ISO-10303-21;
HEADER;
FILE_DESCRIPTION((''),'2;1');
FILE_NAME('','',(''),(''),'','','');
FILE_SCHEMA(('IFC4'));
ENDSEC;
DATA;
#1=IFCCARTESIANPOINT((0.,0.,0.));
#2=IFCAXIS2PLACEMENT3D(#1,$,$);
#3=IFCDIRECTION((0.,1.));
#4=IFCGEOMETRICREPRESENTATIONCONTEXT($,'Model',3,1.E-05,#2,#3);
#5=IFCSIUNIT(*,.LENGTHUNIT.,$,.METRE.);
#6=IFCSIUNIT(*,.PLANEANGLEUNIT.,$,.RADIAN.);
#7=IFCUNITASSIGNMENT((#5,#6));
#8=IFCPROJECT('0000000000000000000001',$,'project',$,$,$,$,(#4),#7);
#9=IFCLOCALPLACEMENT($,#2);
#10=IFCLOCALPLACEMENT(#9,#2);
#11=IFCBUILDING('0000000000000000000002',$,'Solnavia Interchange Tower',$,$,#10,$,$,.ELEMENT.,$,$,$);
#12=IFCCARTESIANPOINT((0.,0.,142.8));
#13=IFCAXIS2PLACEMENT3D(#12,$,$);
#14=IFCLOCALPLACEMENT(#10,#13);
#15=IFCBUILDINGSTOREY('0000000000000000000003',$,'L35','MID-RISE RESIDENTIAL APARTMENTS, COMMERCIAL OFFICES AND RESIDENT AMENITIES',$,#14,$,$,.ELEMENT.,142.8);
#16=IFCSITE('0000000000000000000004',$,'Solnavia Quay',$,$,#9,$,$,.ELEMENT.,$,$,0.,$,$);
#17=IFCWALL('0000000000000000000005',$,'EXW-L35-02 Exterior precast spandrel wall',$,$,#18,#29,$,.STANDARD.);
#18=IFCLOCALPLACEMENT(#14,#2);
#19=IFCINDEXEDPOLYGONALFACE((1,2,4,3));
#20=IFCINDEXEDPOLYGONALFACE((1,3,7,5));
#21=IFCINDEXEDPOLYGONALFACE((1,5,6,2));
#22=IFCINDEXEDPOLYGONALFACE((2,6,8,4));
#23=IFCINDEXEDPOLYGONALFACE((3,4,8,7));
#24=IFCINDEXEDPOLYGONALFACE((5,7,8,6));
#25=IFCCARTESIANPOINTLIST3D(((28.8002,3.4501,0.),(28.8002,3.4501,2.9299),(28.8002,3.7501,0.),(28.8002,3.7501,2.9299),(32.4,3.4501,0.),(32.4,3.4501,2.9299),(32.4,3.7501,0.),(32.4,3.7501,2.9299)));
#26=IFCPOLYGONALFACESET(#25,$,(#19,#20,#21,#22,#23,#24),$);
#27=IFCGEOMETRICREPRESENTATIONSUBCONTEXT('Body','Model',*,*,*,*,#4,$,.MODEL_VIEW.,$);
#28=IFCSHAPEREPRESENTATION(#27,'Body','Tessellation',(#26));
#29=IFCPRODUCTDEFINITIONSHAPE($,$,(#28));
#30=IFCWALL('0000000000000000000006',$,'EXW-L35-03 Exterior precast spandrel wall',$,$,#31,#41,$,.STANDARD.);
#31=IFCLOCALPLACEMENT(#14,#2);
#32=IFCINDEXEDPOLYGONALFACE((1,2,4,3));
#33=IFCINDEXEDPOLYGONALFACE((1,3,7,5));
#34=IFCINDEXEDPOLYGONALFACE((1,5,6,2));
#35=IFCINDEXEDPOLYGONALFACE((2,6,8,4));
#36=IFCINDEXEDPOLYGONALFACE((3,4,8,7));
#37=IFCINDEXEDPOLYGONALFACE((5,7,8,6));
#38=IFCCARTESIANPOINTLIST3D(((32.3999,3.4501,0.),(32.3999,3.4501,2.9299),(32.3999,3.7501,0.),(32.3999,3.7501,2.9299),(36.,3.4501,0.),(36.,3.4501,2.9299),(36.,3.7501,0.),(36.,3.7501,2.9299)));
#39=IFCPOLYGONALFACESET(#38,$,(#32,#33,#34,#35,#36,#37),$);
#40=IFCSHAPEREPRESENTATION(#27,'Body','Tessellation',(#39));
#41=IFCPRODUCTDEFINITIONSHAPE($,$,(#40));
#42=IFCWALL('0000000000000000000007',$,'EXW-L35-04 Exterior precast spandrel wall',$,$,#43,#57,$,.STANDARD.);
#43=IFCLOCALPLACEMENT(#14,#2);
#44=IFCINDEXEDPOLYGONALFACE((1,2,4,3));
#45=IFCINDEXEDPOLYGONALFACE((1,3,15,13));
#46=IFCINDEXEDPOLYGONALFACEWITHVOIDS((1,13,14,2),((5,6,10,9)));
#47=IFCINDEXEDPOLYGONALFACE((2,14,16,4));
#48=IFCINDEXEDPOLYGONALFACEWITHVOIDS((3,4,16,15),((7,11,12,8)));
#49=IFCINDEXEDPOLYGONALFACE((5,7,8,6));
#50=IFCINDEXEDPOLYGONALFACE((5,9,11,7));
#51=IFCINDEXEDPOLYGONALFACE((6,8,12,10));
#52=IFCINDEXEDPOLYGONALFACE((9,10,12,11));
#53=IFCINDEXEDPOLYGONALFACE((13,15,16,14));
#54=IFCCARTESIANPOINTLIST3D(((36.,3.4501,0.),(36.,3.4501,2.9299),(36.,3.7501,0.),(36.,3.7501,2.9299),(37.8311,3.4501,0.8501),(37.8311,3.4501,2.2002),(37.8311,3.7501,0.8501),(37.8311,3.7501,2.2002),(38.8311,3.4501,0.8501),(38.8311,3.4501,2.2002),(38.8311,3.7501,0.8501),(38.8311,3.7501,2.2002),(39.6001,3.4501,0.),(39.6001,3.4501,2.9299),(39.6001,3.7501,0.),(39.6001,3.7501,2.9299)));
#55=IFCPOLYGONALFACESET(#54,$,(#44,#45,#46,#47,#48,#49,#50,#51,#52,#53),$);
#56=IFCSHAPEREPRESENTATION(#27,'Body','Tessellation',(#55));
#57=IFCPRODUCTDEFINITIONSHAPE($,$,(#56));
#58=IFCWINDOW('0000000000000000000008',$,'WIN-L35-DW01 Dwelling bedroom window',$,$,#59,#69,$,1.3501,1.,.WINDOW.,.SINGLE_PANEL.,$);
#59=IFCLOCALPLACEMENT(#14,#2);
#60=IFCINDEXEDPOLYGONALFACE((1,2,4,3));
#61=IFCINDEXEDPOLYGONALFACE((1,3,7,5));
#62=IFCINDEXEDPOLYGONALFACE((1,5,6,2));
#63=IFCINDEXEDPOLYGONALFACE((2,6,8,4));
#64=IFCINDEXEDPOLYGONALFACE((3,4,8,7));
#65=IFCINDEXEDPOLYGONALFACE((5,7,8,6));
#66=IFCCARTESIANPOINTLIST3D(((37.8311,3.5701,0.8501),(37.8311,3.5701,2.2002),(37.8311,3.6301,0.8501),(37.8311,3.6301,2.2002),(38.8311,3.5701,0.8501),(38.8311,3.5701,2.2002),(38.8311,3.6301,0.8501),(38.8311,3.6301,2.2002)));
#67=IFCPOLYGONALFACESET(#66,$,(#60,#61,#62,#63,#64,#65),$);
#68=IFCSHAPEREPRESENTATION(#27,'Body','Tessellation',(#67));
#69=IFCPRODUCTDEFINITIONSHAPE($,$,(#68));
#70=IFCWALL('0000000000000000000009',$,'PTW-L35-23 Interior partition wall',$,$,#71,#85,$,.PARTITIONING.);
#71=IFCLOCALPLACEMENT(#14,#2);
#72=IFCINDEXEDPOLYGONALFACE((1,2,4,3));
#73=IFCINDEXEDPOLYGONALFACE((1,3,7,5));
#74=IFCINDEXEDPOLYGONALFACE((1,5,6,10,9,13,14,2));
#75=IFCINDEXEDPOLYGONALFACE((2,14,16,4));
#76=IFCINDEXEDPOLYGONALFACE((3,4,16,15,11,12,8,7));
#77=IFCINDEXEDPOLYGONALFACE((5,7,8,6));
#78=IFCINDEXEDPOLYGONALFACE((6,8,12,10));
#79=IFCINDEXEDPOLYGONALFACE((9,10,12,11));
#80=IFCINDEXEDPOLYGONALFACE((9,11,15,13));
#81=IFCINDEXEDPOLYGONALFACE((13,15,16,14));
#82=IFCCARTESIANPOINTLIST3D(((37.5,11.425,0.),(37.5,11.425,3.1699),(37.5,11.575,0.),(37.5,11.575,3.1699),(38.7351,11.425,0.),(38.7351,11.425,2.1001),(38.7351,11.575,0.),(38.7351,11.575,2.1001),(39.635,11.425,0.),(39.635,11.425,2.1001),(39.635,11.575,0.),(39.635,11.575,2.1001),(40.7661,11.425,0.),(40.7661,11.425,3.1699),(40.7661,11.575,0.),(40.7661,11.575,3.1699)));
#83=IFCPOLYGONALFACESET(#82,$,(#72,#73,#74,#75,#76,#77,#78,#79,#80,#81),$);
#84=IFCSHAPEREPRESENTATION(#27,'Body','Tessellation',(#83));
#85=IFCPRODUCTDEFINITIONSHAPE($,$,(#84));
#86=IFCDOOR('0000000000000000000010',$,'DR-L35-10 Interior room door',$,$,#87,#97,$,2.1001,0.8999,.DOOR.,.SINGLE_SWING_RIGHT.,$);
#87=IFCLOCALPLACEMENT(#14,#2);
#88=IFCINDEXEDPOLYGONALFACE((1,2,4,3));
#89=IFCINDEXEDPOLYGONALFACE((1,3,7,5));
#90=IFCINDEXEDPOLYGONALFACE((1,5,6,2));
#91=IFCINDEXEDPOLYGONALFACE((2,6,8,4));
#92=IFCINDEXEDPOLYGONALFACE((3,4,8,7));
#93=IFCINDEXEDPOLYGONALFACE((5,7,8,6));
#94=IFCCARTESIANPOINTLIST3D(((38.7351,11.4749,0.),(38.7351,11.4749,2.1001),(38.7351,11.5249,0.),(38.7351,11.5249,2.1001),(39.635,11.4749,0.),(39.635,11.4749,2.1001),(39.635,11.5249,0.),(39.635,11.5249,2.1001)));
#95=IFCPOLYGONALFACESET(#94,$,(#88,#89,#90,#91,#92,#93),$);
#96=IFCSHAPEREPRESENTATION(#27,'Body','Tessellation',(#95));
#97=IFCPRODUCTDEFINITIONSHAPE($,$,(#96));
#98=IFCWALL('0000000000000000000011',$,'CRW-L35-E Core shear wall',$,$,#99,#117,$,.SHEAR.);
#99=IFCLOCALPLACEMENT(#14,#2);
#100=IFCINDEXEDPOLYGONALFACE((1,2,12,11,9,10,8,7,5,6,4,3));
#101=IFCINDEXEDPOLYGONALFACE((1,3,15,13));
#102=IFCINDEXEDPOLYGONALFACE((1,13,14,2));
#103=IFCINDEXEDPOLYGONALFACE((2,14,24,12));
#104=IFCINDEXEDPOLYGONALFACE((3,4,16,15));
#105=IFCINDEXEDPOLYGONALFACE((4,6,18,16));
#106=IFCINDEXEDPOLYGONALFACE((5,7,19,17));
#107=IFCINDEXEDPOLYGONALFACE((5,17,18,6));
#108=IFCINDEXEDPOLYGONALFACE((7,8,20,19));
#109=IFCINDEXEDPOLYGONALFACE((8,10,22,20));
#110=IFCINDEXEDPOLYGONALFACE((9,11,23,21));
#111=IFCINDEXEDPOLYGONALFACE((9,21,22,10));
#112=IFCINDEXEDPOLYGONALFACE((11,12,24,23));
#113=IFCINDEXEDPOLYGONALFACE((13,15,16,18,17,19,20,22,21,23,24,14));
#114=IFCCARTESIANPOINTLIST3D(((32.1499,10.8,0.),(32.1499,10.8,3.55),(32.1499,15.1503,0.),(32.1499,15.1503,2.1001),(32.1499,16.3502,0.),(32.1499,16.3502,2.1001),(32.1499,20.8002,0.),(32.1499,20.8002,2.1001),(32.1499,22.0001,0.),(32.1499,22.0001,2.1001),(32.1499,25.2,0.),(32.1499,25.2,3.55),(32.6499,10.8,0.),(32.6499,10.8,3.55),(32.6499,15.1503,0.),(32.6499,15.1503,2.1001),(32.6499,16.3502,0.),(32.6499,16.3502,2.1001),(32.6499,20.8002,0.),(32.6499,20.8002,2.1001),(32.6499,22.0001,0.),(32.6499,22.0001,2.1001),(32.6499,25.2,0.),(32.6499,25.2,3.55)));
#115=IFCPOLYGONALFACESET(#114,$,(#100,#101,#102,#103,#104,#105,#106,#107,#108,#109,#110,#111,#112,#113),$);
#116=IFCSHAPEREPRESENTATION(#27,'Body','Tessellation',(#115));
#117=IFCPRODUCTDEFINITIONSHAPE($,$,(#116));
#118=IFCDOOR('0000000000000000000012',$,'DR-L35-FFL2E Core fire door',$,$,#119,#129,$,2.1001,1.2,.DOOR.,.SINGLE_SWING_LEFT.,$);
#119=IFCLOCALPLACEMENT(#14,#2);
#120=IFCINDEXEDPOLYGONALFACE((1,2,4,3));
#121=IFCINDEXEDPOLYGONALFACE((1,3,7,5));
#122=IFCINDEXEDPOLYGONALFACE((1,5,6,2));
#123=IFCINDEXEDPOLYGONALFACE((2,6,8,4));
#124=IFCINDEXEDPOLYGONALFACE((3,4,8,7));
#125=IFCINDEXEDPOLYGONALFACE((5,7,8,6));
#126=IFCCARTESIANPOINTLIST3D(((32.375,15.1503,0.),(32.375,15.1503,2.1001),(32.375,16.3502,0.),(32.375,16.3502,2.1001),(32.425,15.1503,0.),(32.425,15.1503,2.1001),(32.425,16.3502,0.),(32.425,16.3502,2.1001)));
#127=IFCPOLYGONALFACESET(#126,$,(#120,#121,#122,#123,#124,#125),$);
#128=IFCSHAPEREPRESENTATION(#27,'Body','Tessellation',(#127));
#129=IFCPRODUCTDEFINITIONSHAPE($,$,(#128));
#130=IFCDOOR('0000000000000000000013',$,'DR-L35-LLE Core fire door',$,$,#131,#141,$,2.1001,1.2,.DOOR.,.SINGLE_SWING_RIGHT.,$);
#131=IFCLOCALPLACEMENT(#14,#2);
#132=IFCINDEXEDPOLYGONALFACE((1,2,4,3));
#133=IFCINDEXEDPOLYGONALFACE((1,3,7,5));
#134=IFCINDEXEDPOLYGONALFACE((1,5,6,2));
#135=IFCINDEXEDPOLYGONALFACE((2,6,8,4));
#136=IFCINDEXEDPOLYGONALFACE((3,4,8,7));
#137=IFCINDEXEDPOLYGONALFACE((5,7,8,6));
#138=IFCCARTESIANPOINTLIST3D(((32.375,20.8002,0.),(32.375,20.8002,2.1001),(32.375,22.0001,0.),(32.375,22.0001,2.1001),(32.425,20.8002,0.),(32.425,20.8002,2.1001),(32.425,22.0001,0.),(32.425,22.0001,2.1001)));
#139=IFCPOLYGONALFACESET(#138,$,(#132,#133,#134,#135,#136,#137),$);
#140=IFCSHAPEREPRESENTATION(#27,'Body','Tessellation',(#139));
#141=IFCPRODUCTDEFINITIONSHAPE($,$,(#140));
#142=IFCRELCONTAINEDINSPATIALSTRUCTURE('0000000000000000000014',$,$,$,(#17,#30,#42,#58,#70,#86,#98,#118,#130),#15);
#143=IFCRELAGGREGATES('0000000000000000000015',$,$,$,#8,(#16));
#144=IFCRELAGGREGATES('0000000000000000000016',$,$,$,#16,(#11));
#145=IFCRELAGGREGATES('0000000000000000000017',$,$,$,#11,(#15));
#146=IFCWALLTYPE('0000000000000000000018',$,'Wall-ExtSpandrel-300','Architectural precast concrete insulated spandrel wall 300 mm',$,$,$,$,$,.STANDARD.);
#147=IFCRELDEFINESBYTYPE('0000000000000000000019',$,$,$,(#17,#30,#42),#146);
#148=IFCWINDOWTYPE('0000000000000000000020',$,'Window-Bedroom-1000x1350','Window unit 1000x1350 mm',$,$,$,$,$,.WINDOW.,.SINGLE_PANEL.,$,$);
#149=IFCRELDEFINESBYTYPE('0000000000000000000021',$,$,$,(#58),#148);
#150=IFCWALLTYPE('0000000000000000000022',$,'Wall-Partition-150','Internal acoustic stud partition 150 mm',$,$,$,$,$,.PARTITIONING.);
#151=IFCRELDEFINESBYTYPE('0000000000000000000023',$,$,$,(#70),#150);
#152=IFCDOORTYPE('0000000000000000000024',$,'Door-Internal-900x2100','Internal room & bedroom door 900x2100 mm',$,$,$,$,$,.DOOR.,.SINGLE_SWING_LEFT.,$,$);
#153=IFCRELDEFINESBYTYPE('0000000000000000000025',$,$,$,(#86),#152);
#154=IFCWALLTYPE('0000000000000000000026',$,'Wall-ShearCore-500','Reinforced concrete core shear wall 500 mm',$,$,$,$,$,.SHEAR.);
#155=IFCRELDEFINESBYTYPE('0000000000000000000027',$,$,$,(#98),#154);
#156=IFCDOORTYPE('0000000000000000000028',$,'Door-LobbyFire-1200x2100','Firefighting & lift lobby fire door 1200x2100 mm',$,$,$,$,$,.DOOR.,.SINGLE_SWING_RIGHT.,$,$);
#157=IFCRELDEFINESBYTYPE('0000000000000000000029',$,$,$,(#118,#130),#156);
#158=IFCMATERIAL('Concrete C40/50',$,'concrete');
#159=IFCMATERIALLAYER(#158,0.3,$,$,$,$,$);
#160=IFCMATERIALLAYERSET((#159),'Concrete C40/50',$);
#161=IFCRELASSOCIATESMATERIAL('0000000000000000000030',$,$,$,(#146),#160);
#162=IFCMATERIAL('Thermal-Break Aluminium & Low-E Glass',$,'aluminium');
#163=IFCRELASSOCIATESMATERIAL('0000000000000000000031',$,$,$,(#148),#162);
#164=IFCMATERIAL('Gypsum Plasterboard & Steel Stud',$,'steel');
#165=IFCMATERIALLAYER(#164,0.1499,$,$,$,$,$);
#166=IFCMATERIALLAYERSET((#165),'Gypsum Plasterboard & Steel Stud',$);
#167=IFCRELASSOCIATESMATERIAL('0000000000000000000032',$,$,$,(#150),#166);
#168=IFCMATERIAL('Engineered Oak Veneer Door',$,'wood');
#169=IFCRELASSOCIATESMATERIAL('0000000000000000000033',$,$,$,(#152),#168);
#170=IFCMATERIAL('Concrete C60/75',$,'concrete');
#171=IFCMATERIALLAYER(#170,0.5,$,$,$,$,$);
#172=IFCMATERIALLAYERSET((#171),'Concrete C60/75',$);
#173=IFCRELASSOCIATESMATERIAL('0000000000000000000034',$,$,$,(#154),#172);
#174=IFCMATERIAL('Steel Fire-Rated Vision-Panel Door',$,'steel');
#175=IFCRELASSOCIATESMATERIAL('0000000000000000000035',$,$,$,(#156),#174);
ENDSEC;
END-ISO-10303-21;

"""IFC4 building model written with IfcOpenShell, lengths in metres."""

from ifc_helpers import new_model, si_unit, direction, frame, frame_2d, origin, place, context, subcontext, project, spatial, rectangle, extrude, material, layer, layer_set, type_object, element, fill, save


model = new_model("IFC4")

# Units and contexts
model_context = context("Model", 3, precision=1e-05, world=origin(), true_north=direction((0.0, 1.0)))
body_context = subcontext(model_context, "Body", "Model", "MODEL_VIEW")
ifc_project = project(units=[si_unit("LENGTHUNIT", "METRE"), si_unit("PLANEANGLEUNIT", "RADIAN")], contexts=[model_context])

# Site, building, storey
site_placement = place(None, origin())
site = spatial("IfcSite", under=ifc_project, at=site_placement, Name="Solnavia Quay", CompositionType="ELEMENT", RefElevation=0.0)
building_placement = place(site_placement, origin())
building = spatial("IfcBuilding", under=site, at=building_placement, Name="Solnavia Interchange Tower", CompositionType="ELEMENT")
storey_placement = place(building_placement, frame((0.0, 0.0, 142.8)))
storey = spatial("IfcBuildingStorey", under=building, at=storey_placement, Name="L35", Description="MID-RISE RESIDENTIAL APARTMENTS, COMMERCIAL OFFICES AND RESIDENT AMENITIES", CompositionType="ELEMENT", Elevation=142.8)

# Walls
ifc_material_1 = material(Name="Concrete C40/50", Category="concrete")
ifc_layer_1 = layer(ifc_material_1, 0.3)
ifc_layer_set_1 = layer_set([ifc_layer_1], Name="Concrete C40/50")
wall_type_1 = type_object("IfcWallType", Name="Wall-ExtSpandrel-300", Description="Architectural precast concrete insulated spandrel wall 300 mm", PredefinedType="STANDARD", material=ifc_layer_set_1)
wall_1_placement = place(storey_placement, frame((32.3999, 3.6001, 0.0), z_axis=(0.0, 0.0, 1.0), x_axis=(-1.0, 0.0, 0.0)))
element("IfcWall", 1, at=wall_1_placement, inside=storey, type_object=wall_type_1, Name="EXW-L35-02 Exterior precast spandrel wall", PredefinedType="STANDARD", context=body_context, shape_type="SweptSolid", body=[
    extrude(rectangle(XDim=3.5999, YDim=0.3, at=frame_2d((1.7998, 0.0))), origin(), (0.0, 0.0, 1.0), 2.9299),
])
wall_2_placement = place(storey_placement, frame((36.0, 3.6001, 0.0), z_axis=(0.0, 0.0, 1.0), x_axis=(-1.0, 0.0, 0.0)))
element("IfcWall", 2, at=wall_2_placement, inside=storey, type_object=wall_type_1, Name="EXW-L35-03 Exterior precast spandrel wall", PredefinedType="STANDARD", context=body_context, shape_type="SweptSolid", body=[
    extrude(rectangle(XDim=3.6001, YDim=0.3, at=frame_2d((1.8, 0.0))), origin(), (0.0, 0.0, 1.0), 2.9299),
])

# Wall, opening, window
wall_3_placement = place(storey_placement, frame((39.6001, 3.6001, 0.0), z_axis=(0.0, 0.0, 1.0), x_axis=(-1.0, 0.0, 0.0)))
wall_3 = element("IfcWall", 3, at=wall_3_placement, inside=storey, type_object=wall_type_1, Name="EXW-L35-04 Exterior precast spandrel wall", PredefinedType="STANDARD", context=body_context, shape_type="SweptSolid", body=[
    extrude(rectangle(XDim=3.6001, YDim=0.3, at=frame_2d((1.8, 0.0))), origin(), (0.0, 0.0, 1.0), 2.9299),
])
opening_1_placement = place(wall_3_placement, frame((0.769, 0.0, 0.8501)))
opening_1 = element("IfcOpeningElement", 4, at=opening_1_placement, cuts=wall_3, PredefinedType="OPENING", context=body_context, shape_type="SweptSolid", body=[
    extrude(rectangle(XDim=1.0, YDim=1.3501, at=frame_2d((0.5, 0.675))), frame((0.0, 0.1602, 0.0), z_axis=(0.0, -1.0, 0.0), x_axis=(1.0, 0.0, 0.0)), (0.0, 0.0, 1.0), 0.3201),
])
ifc_material_2 = material(Name="Thermal-Break Aluminium & Low-E Glass", Category="aluminium")
window_type = type_object("IfcWindowType", Name="Window-Bedroom-1000x1350", Description="Window unit 1000x1350 mm", PartitioningType="SINGLE_PANEL", PredefinedType="WINDOW", material=ifc_material_2)
window_placement = place(opening_1_placement, origin())
window = element("IfcWindow", 5, at=window_placement, inside=storey, type_object=window_type, Name="WIN-L35-DW01 Dwelling bedroom window", OverallHeight=1.3501, OverallWidth=1.0, PartitioningType="SINGLE_PANEL", PredefinedType="WINDOW", context=body_context, shape_type="SweptSolid", body=[
    extrude(rectangle(XDim=1.0, YDim=1.3501, at=frame_2d((0.5, 0.675))), frame((0.0, 0.03, 0.0), z_axis=(0.0, -1.0, 0.0), x_axis=(1.0, 0.0, 0.0)), (0.0, 0.0, 1.0), 0.0601),
])
fill(opening_1, window)

# Wall, opening, door
ifc_material_3 = material(Name="Gypsum Plasterboard & Steel Stud", Category="steel")
ifc_layer_2 = layer(ifc_material_3, 0.1499)
ifc_layer_set_2 = layer_set([ifc_layer_2], Name="Gypsum Plasterboard & Steel Stud")
wall_type_2 = type_object("IfcWallType", Name="Wall-Partition-150", Description="Internal acoustic stud partition 150 mm", PredefinedType="PARTITIONING", material=ifc_layer_set_2)
wall_4_placement = place(storey_placement, frame((37.5, 11.5, 0.0), z_axis=(0.0, 0.0, 1.0), x_axis=(1.0, 0.0, 0.0)))
wall_4 = element("IfcWall", 6, at=wall_4_placement, inside=storey, type_object=wall_type_2, Name="PTW-L35-23 Interior partition wall", PredefinedType="PARTITIONING", context=body_context, shape_type="SweptSolid", body=[
    extrude(rectangle(XDim=3.2661, YDim=0.1499, at=frame_2d((1.6331, 0.0))), origin(), (0.0, 0.0, 1.0), 3.1699),
])
opening_2_placement = place(wall_4_placement, frame((1.2351, 0.0, 0.0)))
opening_2 = element("IfcOpeningElement", 7, at=opening_2_placement, cuts=wall_4, PredefinedType="OPENING", context=body_context, shape_type="SweptSolid", body=[
    extrude(rectangle(XDim=0.8999, YDim=2.1001, at=frame_2d((0.45, 1.05))), frame((0.0, 0.085, 0.0), z_axis=(0.0, -1.0, 0.0), x_axis=(1.0, 0.0, 0.0)), (0.0, 0.0, 1.0), 0.1699),
])
ifc_material_4 = material(Name="Engineered Oak Veneer Door", Category="wood")
door_type_1 = type_object("IfcDoorType", Name="Door-Internal-900x2100", Description="Internal room & bedroom door 900x2100 mm", OperationType="SINGLE_SWING_LEFT", PredefinedType="DOOR", material=ifc_material_4)
door_1_placement = place(opening_2_placement, origin())
door_1 = element("IfcDoor", 8, at=door_1_placement, inside=storey, type_object=door_type_1, Name="DR-L35-10 Interior room door", OperationType="SINGLE_SWING_RIGHT", OverallHeight=2.1001, OverallWidth=0.8999, PredefinedType="DOOR", context=body_context, shape_type="SweptSolid", body=[
    extrude(rectangle(XDim=0.8999, YDim=2.1001, at=frame_2d((0.45, 1.05))), frame((0.0, 0.0249, 0.0), z_axis=(0.0, -1.0, 0.0), x_axis=(1.0, 0.0, 0.0)), (0.0, 0.0, 1.0), 0.05),
])
fill(opening_2, door_1)

# Wall, openings, doors
ifc_material_5 = material(Name="Concrete C60/75", Category="concrete")
ifc_layer_3 = layer(ifc_material_5, 0.5)
ifc_layer_set_3 = layer_set([ifc_layer_3], Name="Concrete C60/75")
wall_type_3 = type_object("IfcWallType", Name="Wall-ShearCore-500", Description="Reinforced concrete core shear wall 500 mm", PredefinedType="SHEAR", material=ifc_layer_set_3)
wall_5_placement = place(storey_placement, frame((32.3999, 10.8, 0.0), z_axis=(0.0, 0.0, 1.0), x_axis=(0.0, 1.0, 0.0)))
wall_5 = element("IfcWall", 9, at=wall_5_placement, inside=storey, type_object=wall_type_3, Name="CRW-L35-E Core shear wall", PredefinedType="SHEAR", context=body_context, shape_type="SweptSolid", body=[
    extrude(rectangle(XDim=14.3999, YDim=0.5, at=frame_2d((7.2, 0.0))), origin(), (0.0, 0.0, 1.0), 3.55),
])
opening_3_placement = place(wall_5_placement, frame((4.3501, 0.0, 0.0)))
opening_3 = element("IfcOpeningElement", 10, at=opening_3_placement, cuts=wall_5, PredefinedType="OPENING", context=body_context, shape_type="SweptSolid", body=[
    extrude(rectangle(XDim=1.2, YDim=2.1001, at=frame_2d((0.6001, 1.05))), frame((0.0, 0.26, 0.0), z_axis=(0.0, -1.0, 0.0), x_axis=(1.0, 0.0, 0.0)), (0.0, 0.0, 1.0), 0.52),
])
opening_4_placement = place(wall_5_placement, frame((10.0, 0.0, 0.0)))
opening_4 = element("IfcOpeningElement", 11, at=opening_4_placement, cuts=wall_5, PredefinedType="OPENING", context=body_context, shape_type="SweptSolid", body=[
    extrude(rectangle(XDim=1.2, YDim=2.1001, at=frame_2d((0.6001, 1.05))), frame((0.0, 0.26, 0.0), z_axis=(0.0, -1.0, 0.0), x_axis=(1.0, 0.0, 0.0)), (0.0, 0.0, 1.0), 0.52),
])
ifc_material_6 = material(Name="Steel Fire-Rated Vision-Panel Door", Category="steel")
door_type_2 = type_object("IfcDoorType", Name="Door-LobbyFire-1200x2100", Description="Firefighting & lift lobby fire door 1200x2100 mm", OperationType="SINGLE_SWING_RIGHT", PredefinedType="DOOR", material=ifc_material_6)
door_2_placement = place(opening_3_placement, origin())
door_2 = element("IfcDoor", 12, at=door_2_placement, inside=storey, type_object=door_type_2, Name="DR-L35-FFL2E Core fire door", OperationType="SINGLE_SWING_LEFT", OverallHeight=2.1001, OverallWidth=1.2, PredefinedType="DOOR", context=body_context, shape_type="SweptSolid", body=[
    extrude(rectangle(XDim=1.2, YDim=2.1001, at=frame_2d((0.6001, 1.05))), frame((0.0, 0.0249, 0.0), z_axis=(0.0, -1.0, 0.0), x_axis=(1.0, 0.0, 0.0)), (0.0, 0.0, 1.0), 0.05),
])
fill(opening_3, door_2)
door_3_placement = place(opening_4_placement, origin())
door_3 = element("IfcDoor", 13, at=door_3_placement, inside=storey, type_object=door_type_2, Name="DR-L35-LLE Core fire door", OperationType="SINGLE_SWING_RIGHT", OverallHeight=2.1001, OverallWidth=1.2, PredefinedType="DOOR", context=body_context, shape_type="SweptSolid", body=[
    extrude(rectangle(XDim=1.2, YDim=2.1001, at=frame_2d((0.6001, 1.05))), frame((0.0, 0.0249, 0.0), z_axis=(0.0, -1.0, 0.0), x_axis=(1.0, 0.0, 0.0)), (0.0, 0.0, 1.0), 0.05),
])
fill(opening_4, door_3)

save(model, "model.ifc")
